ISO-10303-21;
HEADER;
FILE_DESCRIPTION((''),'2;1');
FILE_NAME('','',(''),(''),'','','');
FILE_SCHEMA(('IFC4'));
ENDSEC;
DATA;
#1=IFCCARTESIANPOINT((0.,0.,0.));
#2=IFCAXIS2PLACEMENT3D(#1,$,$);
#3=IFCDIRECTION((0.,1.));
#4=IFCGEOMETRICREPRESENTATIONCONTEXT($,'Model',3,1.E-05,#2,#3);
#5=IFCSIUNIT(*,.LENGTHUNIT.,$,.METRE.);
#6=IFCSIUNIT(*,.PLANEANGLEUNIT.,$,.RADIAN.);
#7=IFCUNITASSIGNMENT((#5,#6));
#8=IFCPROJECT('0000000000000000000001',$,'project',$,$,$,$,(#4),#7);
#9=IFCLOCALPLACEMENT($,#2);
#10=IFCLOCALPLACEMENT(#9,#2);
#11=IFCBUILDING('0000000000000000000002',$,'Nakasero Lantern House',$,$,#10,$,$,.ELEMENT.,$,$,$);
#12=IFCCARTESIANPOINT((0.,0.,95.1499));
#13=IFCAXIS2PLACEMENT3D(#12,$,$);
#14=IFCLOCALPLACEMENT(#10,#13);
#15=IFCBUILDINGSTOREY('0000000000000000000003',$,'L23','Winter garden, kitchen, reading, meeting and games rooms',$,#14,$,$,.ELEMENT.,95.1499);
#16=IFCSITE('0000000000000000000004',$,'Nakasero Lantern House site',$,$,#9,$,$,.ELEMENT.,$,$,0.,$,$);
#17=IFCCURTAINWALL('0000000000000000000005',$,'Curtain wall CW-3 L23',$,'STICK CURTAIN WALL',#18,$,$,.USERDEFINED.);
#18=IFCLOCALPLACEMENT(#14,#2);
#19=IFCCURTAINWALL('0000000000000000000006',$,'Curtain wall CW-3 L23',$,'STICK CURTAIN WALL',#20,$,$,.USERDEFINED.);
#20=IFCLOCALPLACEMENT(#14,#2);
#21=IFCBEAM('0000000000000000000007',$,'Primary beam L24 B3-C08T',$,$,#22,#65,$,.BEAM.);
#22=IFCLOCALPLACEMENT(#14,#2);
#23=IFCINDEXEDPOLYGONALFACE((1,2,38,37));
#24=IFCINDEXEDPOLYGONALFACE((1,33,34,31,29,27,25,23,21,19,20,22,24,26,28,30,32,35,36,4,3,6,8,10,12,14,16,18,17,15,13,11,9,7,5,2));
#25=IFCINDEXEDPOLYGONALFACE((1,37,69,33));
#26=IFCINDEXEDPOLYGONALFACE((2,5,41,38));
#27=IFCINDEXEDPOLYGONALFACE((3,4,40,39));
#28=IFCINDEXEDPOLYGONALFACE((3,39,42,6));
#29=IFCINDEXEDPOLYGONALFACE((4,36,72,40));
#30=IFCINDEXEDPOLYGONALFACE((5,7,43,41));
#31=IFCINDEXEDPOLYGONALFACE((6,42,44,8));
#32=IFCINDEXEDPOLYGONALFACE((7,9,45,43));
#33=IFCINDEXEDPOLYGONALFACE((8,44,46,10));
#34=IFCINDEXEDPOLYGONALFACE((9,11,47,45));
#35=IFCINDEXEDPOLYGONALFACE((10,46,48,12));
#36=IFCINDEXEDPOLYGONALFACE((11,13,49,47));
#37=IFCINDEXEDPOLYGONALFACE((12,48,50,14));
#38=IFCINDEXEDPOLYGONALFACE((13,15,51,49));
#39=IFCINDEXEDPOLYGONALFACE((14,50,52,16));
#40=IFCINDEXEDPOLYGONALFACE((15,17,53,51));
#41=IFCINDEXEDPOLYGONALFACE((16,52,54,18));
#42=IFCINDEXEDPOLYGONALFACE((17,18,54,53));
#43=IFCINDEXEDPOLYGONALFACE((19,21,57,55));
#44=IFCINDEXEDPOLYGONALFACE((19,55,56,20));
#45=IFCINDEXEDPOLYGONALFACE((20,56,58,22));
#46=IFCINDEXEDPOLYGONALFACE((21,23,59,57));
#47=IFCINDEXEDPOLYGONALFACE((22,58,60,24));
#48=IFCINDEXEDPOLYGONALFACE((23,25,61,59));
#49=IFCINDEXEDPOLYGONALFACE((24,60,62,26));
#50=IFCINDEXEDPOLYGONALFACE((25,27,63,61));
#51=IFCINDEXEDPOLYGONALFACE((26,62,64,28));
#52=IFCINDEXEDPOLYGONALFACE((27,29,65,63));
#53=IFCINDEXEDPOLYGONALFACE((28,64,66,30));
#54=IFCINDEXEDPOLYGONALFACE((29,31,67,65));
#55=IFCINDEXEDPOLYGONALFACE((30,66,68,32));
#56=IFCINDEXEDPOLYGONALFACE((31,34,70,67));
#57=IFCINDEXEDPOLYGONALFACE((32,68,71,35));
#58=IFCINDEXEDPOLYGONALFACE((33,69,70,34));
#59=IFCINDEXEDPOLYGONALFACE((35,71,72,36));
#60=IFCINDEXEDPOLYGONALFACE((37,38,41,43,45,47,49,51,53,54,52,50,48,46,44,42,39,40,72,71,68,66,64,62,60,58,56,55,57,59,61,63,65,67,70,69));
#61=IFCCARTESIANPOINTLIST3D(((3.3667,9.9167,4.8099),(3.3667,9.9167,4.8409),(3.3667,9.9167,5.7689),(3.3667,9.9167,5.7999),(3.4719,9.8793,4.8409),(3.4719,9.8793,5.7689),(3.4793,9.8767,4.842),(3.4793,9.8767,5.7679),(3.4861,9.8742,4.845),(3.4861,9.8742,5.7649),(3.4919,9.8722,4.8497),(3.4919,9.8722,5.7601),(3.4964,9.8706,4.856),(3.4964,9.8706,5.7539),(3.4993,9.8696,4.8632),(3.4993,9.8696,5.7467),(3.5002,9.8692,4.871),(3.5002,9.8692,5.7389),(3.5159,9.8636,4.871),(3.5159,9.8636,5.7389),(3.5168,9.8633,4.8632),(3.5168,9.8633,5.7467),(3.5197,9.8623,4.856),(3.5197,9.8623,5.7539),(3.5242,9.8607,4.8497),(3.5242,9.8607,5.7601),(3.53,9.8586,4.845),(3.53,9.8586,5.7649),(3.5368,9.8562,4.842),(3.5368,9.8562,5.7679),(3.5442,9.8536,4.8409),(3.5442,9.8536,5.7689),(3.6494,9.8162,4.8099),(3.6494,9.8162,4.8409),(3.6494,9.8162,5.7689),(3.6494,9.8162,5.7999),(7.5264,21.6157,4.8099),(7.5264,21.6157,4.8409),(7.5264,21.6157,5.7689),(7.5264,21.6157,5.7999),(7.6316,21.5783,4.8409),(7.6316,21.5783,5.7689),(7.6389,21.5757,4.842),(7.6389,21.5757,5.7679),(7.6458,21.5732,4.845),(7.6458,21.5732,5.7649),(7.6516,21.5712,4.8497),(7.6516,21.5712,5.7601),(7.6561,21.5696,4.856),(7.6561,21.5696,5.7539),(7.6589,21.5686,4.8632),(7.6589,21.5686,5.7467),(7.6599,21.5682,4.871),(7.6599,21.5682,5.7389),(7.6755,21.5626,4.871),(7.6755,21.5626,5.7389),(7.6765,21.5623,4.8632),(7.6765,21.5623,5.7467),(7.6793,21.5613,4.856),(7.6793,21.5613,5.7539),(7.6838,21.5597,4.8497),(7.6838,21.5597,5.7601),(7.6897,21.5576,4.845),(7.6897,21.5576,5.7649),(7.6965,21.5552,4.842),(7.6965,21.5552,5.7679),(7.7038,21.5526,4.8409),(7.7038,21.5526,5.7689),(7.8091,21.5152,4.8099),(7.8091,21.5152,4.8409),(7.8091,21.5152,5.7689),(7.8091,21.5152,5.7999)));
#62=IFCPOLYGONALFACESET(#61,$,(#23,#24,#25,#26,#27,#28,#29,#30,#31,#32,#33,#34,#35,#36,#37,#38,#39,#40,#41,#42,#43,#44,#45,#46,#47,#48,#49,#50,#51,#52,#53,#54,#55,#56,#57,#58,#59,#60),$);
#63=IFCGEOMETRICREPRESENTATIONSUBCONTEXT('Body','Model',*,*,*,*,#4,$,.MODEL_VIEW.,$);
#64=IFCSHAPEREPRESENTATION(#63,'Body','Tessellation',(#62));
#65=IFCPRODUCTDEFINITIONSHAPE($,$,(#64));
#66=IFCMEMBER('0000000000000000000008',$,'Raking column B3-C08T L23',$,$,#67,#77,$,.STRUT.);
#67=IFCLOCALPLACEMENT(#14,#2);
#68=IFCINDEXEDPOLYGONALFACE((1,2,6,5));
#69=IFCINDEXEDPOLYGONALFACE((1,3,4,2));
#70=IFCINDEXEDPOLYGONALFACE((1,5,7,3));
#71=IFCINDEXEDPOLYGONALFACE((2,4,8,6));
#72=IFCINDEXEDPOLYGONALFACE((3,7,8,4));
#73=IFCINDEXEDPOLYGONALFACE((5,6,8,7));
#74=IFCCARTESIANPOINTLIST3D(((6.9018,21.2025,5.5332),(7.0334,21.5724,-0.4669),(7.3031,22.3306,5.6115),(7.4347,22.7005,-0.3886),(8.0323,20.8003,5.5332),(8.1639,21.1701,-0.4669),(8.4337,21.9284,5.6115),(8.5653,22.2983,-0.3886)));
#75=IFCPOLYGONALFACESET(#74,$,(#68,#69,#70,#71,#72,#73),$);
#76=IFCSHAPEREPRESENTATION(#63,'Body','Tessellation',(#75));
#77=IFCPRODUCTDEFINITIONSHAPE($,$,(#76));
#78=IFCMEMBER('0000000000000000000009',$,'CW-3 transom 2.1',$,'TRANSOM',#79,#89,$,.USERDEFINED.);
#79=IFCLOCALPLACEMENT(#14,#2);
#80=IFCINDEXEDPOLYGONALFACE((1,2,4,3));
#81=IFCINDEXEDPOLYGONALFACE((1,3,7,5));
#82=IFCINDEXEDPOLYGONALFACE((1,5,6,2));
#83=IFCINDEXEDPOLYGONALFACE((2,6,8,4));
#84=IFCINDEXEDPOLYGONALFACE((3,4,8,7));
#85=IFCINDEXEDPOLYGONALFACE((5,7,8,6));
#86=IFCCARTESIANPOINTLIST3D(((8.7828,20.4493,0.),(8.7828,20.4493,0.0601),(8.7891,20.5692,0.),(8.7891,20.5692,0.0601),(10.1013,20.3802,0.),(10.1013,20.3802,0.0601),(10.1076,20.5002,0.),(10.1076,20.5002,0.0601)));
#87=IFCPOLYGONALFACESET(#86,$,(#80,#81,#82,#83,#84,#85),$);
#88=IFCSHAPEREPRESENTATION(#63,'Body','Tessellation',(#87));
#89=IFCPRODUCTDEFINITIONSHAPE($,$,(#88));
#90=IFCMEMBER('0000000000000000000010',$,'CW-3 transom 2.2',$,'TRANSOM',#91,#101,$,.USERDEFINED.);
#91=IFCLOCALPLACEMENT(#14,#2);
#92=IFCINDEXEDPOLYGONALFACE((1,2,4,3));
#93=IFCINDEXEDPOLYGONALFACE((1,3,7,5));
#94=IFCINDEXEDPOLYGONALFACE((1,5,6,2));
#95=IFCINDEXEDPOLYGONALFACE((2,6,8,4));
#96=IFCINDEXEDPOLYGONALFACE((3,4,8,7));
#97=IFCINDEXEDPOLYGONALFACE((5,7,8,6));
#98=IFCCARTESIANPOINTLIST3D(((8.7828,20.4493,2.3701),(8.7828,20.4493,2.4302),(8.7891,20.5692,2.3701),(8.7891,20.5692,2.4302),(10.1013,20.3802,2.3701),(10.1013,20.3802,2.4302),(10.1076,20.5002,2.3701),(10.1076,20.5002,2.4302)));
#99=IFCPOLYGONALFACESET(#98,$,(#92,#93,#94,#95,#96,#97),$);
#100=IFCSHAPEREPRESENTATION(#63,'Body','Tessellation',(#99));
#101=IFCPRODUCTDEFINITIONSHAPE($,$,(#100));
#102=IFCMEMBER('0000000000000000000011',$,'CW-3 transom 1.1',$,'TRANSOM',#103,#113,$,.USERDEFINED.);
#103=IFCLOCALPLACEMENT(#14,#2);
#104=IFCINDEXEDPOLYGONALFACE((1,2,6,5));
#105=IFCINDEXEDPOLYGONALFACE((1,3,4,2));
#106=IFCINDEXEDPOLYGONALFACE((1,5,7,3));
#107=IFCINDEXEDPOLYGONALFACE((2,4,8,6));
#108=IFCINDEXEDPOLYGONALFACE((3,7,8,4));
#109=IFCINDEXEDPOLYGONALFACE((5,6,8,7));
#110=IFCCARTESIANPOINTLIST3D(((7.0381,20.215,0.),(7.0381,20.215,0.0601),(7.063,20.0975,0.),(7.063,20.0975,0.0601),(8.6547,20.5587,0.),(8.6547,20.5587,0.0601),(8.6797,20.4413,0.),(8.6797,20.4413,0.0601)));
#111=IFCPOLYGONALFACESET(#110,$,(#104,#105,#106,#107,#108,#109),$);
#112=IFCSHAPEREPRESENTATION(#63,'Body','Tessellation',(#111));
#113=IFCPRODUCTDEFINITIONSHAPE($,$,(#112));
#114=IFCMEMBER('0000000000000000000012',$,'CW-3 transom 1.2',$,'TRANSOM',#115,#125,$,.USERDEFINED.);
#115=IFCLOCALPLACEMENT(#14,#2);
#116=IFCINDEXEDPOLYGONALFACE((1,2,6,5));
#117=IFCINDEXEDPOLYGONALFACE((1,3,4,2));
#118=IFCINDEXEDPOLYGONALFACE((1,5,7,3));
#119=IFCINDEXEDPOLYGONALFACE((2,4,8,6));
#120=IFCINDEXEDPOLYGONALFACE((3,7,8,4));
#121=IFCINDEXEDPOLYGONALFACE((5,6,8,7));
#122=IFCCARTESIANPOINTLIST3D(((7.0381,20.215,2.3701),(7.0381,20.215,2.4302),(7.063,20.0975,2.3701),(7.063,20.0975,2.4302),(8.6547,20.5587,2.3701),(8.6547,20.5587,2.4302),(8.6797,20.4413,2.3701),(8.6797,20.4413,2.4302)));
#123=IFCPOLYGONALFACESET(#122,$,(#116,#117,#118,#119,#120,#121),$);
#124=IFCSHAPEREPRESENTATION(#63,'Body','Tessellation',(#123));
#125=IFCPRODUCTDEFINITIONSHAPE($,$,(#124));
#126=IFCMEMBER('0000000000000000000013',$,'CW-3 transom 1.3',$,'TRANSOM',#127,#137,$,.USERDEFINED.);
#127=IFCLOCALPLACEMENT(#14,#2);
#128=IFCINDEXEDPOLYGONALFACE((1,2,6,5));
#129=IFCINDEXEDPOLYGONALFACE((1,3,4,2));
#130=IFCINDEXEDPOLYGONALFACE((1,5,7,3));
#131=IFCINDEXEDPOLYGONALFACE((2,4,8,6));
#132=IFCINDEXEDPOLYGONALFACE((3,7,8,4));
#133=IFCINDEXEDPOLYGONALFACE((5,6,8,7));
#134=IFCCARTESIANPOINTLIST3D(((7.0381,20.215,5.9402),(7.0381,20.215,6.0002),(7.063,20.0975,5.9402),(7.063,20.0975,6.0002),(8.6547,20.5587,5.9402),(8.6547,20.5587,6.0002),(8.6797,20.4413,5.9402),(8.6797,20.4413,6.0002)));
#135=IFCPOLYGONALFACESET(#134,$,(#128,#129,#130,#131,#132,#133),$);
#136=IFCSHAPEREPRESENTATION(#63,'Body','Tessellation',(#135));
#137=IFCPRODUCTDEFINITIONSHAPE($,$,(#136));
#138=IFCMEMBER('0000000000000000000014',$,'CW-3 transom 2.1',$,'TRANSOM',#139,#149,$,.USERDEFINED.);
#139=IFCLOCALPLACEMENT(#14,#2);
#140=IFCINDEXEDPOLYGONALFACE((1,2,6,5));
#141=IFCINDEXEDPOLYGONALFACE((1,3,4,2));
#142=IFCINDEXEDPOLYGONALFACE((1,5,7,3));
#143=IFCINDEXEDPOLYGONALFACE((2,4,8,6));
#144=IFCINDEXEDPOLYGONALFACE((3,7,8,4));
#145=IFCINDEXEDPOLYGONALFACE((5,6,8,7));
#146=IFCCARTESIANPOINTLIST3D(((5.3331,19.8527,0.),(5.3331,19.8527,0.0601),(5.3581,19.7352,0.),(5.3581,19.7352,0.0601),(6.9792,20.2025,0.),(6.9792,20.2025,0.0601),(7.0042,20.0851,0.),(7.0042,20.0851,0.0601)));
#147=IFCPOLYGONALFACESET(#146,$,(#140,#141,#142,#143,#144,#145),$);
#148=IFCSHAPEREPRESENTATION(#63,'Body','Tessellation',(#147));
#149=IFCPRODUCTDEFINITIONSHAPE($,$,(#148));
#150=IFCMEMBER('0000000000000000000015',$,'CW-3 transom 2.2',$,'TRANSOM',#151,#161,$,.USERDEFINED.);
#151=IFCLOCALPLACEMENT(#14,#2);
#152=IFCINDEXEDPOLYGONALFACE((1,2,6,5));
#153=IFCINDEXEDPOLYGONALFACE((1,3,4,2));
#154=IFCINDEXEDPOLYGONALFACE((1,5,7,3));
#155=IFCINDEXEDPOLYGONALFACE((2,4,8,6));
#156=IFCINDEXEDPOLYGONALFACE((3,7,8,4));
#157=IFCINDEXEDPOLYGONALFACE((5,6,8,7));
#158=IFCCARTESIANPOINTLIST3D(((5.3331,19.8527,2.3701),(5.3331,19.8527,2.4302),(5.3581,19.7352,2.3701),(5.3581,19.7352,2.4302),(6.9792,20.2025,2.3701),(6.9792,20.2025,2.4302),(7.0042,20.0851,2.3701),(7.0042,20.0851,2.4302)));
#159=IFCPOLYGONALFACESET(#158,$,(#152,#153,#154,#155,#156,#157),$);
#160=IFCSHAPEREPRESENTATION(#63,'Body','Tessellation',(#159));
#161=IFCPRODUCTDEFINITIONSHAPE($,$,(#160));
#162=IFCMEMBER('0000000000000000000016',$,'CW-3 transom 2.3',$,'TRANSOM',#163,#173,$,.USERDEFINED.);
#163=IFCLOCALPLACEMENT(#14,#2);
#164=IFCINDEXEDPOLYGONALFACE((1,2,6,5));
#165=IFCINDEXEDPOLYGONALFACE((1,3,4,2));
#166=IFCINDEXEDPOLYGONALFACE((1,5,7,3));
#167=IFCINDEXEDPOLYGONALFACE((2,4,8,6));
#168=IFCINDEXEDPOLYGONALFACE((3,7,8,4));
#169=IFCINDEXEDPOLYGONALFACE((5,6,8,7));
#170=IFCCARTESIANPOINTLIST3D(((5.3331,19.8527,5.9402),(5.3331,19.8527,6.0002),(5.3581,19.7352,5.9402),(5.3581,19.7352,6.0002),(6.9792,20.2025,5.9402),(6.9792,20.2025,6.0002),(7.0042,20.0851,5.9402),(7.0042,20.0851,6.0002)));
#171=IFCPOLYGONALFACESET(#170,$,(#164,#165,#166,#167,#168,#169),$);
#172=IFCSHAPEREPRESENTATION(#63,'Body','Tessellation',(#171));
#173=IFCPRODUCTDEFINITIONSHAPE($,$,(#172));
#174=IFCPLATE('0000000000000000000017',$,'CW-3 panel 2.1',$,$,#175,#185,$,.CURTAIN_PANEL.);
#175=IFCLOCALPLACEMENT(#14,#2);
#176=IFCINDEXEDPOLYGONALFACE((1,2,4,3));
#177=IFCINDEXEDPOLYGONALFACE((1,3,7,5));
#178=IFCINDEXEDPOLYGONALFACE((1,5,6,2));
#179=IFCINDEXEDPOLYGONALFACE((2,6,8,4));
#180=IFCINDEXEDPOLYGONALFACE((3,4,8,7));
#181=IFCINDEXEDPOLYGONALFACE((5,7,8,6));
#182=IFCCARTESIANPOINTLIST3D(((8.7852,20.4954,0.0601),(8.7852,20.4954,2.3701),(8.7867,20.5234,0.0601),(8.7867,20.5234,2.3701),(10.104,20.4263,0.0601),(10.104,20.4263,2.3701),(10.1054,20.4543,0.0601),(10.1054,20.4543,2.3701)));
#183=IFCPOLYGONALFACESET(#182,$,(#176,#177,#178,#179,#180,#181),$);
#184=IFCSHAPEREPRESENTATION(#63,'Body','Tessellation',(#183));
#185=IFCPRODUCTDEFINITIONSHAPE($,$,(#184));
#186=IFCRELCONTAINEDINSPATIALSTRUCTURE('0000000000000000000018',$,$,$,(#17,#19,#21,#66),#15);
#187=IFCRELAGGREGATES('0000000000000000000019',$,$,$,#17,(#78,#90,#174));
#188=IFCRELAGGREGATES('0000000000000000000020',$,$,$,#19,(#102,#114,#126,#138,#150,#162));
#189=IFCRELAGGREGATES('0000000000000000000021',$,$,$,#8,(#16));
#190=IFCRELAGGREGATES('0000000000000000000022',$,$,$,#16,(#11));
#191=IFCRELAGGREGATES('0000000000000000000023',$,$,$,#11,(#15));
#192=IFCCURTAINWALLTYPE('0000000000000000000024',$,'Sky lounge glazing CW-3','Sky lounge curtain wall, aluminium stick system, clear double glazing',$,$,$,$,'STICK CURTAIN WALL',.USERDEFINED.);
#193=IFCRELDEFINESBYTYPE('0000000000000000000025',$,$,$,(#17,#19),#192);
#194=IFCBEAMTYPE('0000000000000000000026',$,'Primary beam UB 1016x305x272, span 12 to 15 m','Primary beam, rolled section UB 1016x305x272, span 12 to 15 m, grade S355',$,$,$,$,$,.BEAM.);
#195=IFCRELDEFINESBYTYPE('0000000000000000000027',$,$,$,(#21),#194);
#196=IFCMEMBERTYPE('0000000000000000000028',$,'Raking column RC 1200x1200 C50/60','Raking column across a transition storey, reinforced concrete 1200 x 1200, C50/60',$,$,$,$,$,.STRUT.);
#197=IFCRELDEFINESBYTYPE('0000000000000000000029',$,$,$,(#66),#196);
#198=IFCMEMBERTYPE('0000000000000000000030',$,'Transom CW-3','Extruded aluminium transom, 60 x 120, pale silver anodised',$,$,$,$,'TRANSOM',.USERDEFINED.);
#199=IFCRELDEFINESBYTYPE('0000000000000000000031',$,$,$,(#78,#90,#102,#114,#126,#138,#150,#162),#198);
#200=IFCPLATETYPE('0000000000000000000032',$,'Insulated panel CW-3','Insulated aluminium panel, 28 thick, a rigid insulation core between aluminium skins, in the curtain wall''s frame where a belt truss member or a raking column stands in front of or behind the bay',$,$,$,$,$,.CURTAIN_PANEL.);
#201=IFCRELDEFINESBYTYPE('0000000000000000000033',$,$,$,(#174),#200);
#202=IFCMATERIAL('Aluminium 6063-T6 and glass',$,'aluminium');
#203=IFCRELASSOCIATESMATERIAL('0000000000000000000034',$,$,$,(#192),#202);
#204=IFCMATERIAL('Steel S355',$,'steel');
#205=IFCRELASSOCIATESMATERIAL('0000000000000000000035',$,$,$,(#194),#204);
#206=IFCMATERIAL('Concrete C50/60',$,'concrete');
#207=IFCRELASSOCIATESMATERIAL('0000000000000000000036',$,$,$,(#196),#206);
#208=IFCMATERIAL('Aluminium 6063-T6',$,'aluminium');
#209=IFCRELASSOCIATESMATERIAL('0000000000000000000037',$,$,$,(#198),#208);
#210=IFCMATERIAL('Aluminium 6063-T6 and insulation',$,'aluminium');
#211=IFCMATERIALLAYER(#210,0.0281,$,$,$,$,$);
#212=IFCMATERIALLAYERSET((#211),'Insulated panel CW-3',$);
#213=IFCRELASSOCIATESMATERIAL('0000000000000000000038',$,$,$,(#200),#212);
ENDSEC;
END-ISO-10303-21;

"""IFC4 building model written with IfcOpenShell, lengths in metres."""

from ifc_helpers import new_model, si_unit, direction, frame, origin, origin_2d, place, context, subcontext, project, spatial, rectangle, i_section, extrude, material, layer, layer_set, material_profile, profile_set, type_object, element, aggregate, save


model = new_model("IFC4")

# Units and contexts
model_context = context("Model", 3, precision=1e-05, world=origin(), true_north=direction((0.0, 1.0)))
body_context = subcontext(model_context, "Body", "Model", "MODEL_VIEW")
ifc_project = project(units=[si_unit("LENGTHUNIT", "METRE"), si_unit("PLANEANGLEUNIT", "RADIAN")], contexts=[model_context])

# Site, building, storey
site_placement = place(None, origin())
site = spatial("IfcSite", under=ifc_project, at=site_placement, Name="Nakasero Lantern House site", CompositionType="ELEMENT", RefElevation=0.0)
building_placement = place(site_placement, origin())
building = spatial("IfcBuilding", under=site, at=building_placement, Name="Nakasero Lantern House", CompositionType="ELEMENT")
storey_placement = place(building_placement, frame((0.0, 0.0, 95.1499)))
storey = spatial("IfcBuildingStorey", under=building, at=storey_placement, Name="L23", Description="Winter garden, kitchen, reading, meeting and games rooms", CompositionType="ELEMENT", Elevation=95.1499)

# Curtain wall
ifc_material_1 = material(Name="Aluminium 6063-T6 and glass", Category="aluminium")
curtain_wall_type = type_object("IfcCurtainWallType", Name="Sky lounge glazing CW-3", Description="Sky lounge curtain wall, aluminium stick system, clear double glazing", ElementType="STICK CURTAIN WALL", PredefinedType="USERDEFINED", material=ifc_material_1)
curtain_wall_1_placement = place(storey_placement, origin())
curtain_wall_1 = element("IfcCurtainWall", 1, at=curtain_wall_1_placement, inside=storey, type_object=curtain_wall_type, Name="Curtain wall CW-3 L23", ObjectType="STICK CURTAIN WALL", PredefinedType="USERDEFINED")

# Curtain wall
curtain_wall_2_placement = place(storey_placement, origin())
curtain_wall_2 = element("IfcCurtainWall", 2, at=curtain_wall_2_placement, inside=storey, type_object=curtain_wall_type, Name="Curtain wall CW-3 L23", ObjectType="STICK CURTAIN WALL", PredefinedType="USERDEFINED")

# Beam
ifc_material_2 = material(Name="Steel S355", Category="steel")
ifc_material_profile_1 = material_profile(ifc_material_2, i_section(OverallWidth=0.3, OverallDepth=0.99, WebThickness=0.0166, FlangeThickness=0.031, FilletRadius=0.03, at=origin_2d()), Name="UB 1016x305x272")
ifc_profile_set_1 = profile_set([ifc_material_profile_1], Name="Steel S355")
beam_type_1 = type_object("IfcBeamType", Name="Primary beam UB 1016x305x272, span 12 to 15 m", Description="Primary beam, rolled section UB 1016x305x272, span 12 to 15 m, grade S355", PredefinedType="BEAM", material=ifc_profile_set_1)
beam_1_placement = place(storey_placement, frame((7.6677, 21.5654, 5.3049), z_axis=(-0.335012, -0.942214, 0.0), x_axis=(0.942214, -0.335012, 0.0)))
element("IfcBeam", 3, at=beam_1_placement, inside=storey, type_object=beam_type_1, Name="Primary beam L24 B3-C08T", PredefinedType="BEAM", context=body_context, shape_type="SweptSolid", body=[
    extrude(i_section(OverallWidth=0.3, OverallDepth=0.99, WebThickness=0.0166, FlangeThickness=0.031, FilletRadius=0.03, at=origin_2d()), origin(), (0.0, 0.0, 1.0), 12.4165),
])

# Members
ifc_material_3 = material(Name="Concrete C50/60", Category="concrete")
ifc_material_profile_2 = material_profile(ifc_material_3, rectangle(XDim=1.2, YDim=1.2, at=origin_2d()), Name="RC 1200x1200")
ifc_profile_set_2 = profile_set([ifc_material_profile_2], Name="Concrete C50/60")
member_type_1 = type_object("IfcMemberType", Name="Raking column RC 1200x1200 C50/60", Description="Raking column across a transition storey, reinforced concrete 1200 x 1200, C50/60", PredefinedType="STRUT", material=ifc_profile_set_2)
member_1_placement = place(storey_placement, frame((7.7993, 21.9353, -0.4277), z_axis=(-0.021885, -0.061514, 0.997866), x_axis=(0.942149, -0.335194, 0.0)))
element("IfcMember", 4, at=member_1_placement, inside=storey, type_object=member_type_1, Name="Raking column B3-C08T L23", PredefinedType="STRUT", context=body_context, shape_type="SweptSolid", body=[
    extrude(rectangle(XDim=1.2, YDim=1.2, at=origin_2d()), origin(), (0.0, 0.0, 1.0), 6.0129),
])
ifc_material_4 = material(Name="Aluminium 6063-T6", Category="aluminium")
ifc_material_profile_3 = material_profile(ifc_material_4, rectangle(XDim=0.0601, YDim=0.1201, at=origin_2d()), Name="CW-3 transom 60x120")
ifc_profile_set_3 = profile_set([ifc_material_profile_3], Name="Aluminium 6063-T6")
member_type_2 = type_object("IfcMemberType", Name="Transom CW-3", Description="Extruded aluminium transom, 60 x 120, pale silver anodised", ElementType="TRANSOM", PredefinedType="USERDEFINED", material=ifc_profile_set_3)
member_2_placement = place(storey_placement, frame((10.1045, 20.4402, 0.03), z_axis=(-0.99863, 0.052326, 0.0), x_axis=(0.0, 0.0, 1.0)))
member_2 = element("IfcMember", 5, at=member_2_placement, type_object=member_type_2, Name="CW-3 transom 2.1", ObjectType="TRANSOM", PredefinedType="USERDEFINED", context=body_context, shape_type="SweptSolid", body=[
    extrude(rectangle(XDim=0.0601, YDim=0.1201, at=origin_2d()), origin(), (0.0, 0.0, 1.0), 1.3203),
])
member_3_placement = place(storey_placement, frame((10.1045, 20.4402, 2.4001), z_axis=(-0.99863, 0.052326, 0.0), x_axis=(0.0, 0.0, 1.0)))
member_3 = element("IfcMember", 6, at=member_3_placement, type_object=member_type_2, Name="CW-3 transom 2.2", ObjectType="TRANSOM", PredefinedType="USERDEFINED", context=body_context, shape_type="SweptSolid", body=[
    extrude(rectangle(XDim=0.0601, YDim=0.1201, at=origin_2d()), origin(), (0.0, 0.0, 1.0), 1.3203),
])
member_4_placement = place(storey_placement, frame((8.6672, 20.5, 0.03), z_axis=(-0.978134, -0.207975, 0.0), x_axis=(0.0, 0.0, 1.0)))
member_4 = element("IfcMember", 7, at=member_4_placement, type_object=member_type_2, Name="CW-3 transom 1.1", ObjectType="TRANSOM", PredefinedType="USERDEFINED", context=body_context, shape_type="SweptSolid", body=[
    extrude(rectangle(XDim=0.0601, YDim=0.1201, at=origin_2d()), origin(), (0.0, 0.0, 1.0), 1.6528),
])
member_5_placement = place(storey_placement, frame((8.6672, 20.5, 2.4001), z_axis=(-0.978134, -0.207975, 0.0), x_axis=(0.0, 0.0, 1.0)))
member_5 = element("IfcMember", 8, at=member_5_placement, type_object=member_type_2, Name="CW-3 transom 1.2", ObjectType="TRANSOM", PredefinedType="USERDEFINED", context=body_context, shape_type="SweptSolid", body=[
    extrude(rectangle(XDim=0.0601, YDim=0.1201, at=origin_2d()), origin(), (0.0, 0.0, 1.0), 1.6528),
])
member_6_placement = place(storey_placement, frame((8.6672, 20.5, 5.9702), z_axis=(-0.978134, -0.207975, 0.0), x_axis=(0.0, 0.0, 1.0)))
member_6 = element("IfcMember", 9, at=member_6_placement, type_object=member_type_2, Name="CW-3 transom 1.3", ObjectType="TRANSOM", PredefinedType="USERDEFINED", context=body_context, shape_type="SweptSolid", body=[
    extrude(rectangle(XDim=0.0601, YDim=0.1201, at=origin_2d()), origin(), (0.0, 0.0, 1.0), 1.6528),
])
member_7_placement = place(storey_placement, frame((6.9917, 20.1438, 0.03), z_axis=(-0.978149, -0.207904, 0.0), x_axis=(0.0, 0.0, 1.0)))
member_7 = element("IfcMember", 10, at=member_7_placement, type_object=member_type_2, Name="CW-3 transom 2.1", ObjectType="TRANSOM", PredefinedType="USERDEFINED", context=body_context, shape_type="SweptSolid", body=[
    extrude(rectangle(XDim=0.0601, YDim=0.1201, at=origin_2d()), origin(), (0.0, 0.0, 1.0), 1.6829),
])
member_8_placement = place(storey_placement, frame((6.9917, 20.1438, 2.4001), z_axis=(-0.978149, -0.207904, 0.0), x_axis=(0.0, 0.0, 1.0)))
member_8 = element("IfcMember", 11, at=member_8_placement, type_object=member_type_2, Name="CW-3 transom 2.2", ObjectType="TRANSOM", PredefinedType="USERDEFINED", context=body_context, shape_type="SweptSolid", body=[
    extrude(rectangle(XDim=0.0601, YDim=0.1201, at=origin_2d()), origin(), (0.0, 0.0, 1.0), 1.6829),
])
member_9_placement = place(storey_placement, frame((6.9917, 20.1438, 5.9702), z_axis=(-0.978149, -0.207904, 0.0), x_axis=(0.0, 0.0, 1.0)))
member_9 = element("IfcMember", 12, at=member_9_placement, type_object=member_type_2, Name="CW-3 transom 2.3", ObjectType="TRANSOM", PredefinedType="USERDEFINED", context=body_context, shape_type="SweptSolid", body=[
    extrude(rectangle(XDim=0.0601, YDim=0.1201, at=origin_2d()), origin(), (0.0, 0.0, 1.0), 1.6829),
])

# Plate
ifc_material_5 = material(Name="Aluminium 6063-T6 and insulation", Category="aluminium")
ifc_layer_1 = layer(ifc_material_5, 0.0281)
ifc_layer_set_1 = layer_set([ifc_layer_1], Name="Insulated panel CW-3")
plate_type = type_object("IfcPlateType", Name="Insulated panel CW-3", Description="Insulated aluminium panel, 28 thick, a rigid insulation core between aluminium skins, in the curtain wall's frame where a belt truss member or a raking column stands in front of or behind the bay", PredefinedType="CURTAIN_PANEL", material=ifc_layer_set_1)
plate_1_placement = place(storey_placement, frame((9.4453, 20.4749, 0.0601), z_axis=(0.0, 0.0, 1.0), x_axis=(-0.99863, 0.052336, 0.0)))
plate_1 = element("IfcPlate", 13, at=plate_1_placement, type_object=plate_type, Name="CW-3 panel 2.1", PredefinedType="CURTAIN_PANEL", context=body_context, shape_type="SweptSolid", body=[
    extrude(rectangle(XDim=1.3206, YDim=0.0281, at=origin_2d()), origin(), (0.0, 0.0, 1.0), 2.3101),
])
aggregate(curtain_wall_1, [member_2, member_3, plate_1])
aggregate(curtain_wall_2, [member_4, member_5, member_6, member_7, member_8, member_9])

save(model, "model.ifc")
